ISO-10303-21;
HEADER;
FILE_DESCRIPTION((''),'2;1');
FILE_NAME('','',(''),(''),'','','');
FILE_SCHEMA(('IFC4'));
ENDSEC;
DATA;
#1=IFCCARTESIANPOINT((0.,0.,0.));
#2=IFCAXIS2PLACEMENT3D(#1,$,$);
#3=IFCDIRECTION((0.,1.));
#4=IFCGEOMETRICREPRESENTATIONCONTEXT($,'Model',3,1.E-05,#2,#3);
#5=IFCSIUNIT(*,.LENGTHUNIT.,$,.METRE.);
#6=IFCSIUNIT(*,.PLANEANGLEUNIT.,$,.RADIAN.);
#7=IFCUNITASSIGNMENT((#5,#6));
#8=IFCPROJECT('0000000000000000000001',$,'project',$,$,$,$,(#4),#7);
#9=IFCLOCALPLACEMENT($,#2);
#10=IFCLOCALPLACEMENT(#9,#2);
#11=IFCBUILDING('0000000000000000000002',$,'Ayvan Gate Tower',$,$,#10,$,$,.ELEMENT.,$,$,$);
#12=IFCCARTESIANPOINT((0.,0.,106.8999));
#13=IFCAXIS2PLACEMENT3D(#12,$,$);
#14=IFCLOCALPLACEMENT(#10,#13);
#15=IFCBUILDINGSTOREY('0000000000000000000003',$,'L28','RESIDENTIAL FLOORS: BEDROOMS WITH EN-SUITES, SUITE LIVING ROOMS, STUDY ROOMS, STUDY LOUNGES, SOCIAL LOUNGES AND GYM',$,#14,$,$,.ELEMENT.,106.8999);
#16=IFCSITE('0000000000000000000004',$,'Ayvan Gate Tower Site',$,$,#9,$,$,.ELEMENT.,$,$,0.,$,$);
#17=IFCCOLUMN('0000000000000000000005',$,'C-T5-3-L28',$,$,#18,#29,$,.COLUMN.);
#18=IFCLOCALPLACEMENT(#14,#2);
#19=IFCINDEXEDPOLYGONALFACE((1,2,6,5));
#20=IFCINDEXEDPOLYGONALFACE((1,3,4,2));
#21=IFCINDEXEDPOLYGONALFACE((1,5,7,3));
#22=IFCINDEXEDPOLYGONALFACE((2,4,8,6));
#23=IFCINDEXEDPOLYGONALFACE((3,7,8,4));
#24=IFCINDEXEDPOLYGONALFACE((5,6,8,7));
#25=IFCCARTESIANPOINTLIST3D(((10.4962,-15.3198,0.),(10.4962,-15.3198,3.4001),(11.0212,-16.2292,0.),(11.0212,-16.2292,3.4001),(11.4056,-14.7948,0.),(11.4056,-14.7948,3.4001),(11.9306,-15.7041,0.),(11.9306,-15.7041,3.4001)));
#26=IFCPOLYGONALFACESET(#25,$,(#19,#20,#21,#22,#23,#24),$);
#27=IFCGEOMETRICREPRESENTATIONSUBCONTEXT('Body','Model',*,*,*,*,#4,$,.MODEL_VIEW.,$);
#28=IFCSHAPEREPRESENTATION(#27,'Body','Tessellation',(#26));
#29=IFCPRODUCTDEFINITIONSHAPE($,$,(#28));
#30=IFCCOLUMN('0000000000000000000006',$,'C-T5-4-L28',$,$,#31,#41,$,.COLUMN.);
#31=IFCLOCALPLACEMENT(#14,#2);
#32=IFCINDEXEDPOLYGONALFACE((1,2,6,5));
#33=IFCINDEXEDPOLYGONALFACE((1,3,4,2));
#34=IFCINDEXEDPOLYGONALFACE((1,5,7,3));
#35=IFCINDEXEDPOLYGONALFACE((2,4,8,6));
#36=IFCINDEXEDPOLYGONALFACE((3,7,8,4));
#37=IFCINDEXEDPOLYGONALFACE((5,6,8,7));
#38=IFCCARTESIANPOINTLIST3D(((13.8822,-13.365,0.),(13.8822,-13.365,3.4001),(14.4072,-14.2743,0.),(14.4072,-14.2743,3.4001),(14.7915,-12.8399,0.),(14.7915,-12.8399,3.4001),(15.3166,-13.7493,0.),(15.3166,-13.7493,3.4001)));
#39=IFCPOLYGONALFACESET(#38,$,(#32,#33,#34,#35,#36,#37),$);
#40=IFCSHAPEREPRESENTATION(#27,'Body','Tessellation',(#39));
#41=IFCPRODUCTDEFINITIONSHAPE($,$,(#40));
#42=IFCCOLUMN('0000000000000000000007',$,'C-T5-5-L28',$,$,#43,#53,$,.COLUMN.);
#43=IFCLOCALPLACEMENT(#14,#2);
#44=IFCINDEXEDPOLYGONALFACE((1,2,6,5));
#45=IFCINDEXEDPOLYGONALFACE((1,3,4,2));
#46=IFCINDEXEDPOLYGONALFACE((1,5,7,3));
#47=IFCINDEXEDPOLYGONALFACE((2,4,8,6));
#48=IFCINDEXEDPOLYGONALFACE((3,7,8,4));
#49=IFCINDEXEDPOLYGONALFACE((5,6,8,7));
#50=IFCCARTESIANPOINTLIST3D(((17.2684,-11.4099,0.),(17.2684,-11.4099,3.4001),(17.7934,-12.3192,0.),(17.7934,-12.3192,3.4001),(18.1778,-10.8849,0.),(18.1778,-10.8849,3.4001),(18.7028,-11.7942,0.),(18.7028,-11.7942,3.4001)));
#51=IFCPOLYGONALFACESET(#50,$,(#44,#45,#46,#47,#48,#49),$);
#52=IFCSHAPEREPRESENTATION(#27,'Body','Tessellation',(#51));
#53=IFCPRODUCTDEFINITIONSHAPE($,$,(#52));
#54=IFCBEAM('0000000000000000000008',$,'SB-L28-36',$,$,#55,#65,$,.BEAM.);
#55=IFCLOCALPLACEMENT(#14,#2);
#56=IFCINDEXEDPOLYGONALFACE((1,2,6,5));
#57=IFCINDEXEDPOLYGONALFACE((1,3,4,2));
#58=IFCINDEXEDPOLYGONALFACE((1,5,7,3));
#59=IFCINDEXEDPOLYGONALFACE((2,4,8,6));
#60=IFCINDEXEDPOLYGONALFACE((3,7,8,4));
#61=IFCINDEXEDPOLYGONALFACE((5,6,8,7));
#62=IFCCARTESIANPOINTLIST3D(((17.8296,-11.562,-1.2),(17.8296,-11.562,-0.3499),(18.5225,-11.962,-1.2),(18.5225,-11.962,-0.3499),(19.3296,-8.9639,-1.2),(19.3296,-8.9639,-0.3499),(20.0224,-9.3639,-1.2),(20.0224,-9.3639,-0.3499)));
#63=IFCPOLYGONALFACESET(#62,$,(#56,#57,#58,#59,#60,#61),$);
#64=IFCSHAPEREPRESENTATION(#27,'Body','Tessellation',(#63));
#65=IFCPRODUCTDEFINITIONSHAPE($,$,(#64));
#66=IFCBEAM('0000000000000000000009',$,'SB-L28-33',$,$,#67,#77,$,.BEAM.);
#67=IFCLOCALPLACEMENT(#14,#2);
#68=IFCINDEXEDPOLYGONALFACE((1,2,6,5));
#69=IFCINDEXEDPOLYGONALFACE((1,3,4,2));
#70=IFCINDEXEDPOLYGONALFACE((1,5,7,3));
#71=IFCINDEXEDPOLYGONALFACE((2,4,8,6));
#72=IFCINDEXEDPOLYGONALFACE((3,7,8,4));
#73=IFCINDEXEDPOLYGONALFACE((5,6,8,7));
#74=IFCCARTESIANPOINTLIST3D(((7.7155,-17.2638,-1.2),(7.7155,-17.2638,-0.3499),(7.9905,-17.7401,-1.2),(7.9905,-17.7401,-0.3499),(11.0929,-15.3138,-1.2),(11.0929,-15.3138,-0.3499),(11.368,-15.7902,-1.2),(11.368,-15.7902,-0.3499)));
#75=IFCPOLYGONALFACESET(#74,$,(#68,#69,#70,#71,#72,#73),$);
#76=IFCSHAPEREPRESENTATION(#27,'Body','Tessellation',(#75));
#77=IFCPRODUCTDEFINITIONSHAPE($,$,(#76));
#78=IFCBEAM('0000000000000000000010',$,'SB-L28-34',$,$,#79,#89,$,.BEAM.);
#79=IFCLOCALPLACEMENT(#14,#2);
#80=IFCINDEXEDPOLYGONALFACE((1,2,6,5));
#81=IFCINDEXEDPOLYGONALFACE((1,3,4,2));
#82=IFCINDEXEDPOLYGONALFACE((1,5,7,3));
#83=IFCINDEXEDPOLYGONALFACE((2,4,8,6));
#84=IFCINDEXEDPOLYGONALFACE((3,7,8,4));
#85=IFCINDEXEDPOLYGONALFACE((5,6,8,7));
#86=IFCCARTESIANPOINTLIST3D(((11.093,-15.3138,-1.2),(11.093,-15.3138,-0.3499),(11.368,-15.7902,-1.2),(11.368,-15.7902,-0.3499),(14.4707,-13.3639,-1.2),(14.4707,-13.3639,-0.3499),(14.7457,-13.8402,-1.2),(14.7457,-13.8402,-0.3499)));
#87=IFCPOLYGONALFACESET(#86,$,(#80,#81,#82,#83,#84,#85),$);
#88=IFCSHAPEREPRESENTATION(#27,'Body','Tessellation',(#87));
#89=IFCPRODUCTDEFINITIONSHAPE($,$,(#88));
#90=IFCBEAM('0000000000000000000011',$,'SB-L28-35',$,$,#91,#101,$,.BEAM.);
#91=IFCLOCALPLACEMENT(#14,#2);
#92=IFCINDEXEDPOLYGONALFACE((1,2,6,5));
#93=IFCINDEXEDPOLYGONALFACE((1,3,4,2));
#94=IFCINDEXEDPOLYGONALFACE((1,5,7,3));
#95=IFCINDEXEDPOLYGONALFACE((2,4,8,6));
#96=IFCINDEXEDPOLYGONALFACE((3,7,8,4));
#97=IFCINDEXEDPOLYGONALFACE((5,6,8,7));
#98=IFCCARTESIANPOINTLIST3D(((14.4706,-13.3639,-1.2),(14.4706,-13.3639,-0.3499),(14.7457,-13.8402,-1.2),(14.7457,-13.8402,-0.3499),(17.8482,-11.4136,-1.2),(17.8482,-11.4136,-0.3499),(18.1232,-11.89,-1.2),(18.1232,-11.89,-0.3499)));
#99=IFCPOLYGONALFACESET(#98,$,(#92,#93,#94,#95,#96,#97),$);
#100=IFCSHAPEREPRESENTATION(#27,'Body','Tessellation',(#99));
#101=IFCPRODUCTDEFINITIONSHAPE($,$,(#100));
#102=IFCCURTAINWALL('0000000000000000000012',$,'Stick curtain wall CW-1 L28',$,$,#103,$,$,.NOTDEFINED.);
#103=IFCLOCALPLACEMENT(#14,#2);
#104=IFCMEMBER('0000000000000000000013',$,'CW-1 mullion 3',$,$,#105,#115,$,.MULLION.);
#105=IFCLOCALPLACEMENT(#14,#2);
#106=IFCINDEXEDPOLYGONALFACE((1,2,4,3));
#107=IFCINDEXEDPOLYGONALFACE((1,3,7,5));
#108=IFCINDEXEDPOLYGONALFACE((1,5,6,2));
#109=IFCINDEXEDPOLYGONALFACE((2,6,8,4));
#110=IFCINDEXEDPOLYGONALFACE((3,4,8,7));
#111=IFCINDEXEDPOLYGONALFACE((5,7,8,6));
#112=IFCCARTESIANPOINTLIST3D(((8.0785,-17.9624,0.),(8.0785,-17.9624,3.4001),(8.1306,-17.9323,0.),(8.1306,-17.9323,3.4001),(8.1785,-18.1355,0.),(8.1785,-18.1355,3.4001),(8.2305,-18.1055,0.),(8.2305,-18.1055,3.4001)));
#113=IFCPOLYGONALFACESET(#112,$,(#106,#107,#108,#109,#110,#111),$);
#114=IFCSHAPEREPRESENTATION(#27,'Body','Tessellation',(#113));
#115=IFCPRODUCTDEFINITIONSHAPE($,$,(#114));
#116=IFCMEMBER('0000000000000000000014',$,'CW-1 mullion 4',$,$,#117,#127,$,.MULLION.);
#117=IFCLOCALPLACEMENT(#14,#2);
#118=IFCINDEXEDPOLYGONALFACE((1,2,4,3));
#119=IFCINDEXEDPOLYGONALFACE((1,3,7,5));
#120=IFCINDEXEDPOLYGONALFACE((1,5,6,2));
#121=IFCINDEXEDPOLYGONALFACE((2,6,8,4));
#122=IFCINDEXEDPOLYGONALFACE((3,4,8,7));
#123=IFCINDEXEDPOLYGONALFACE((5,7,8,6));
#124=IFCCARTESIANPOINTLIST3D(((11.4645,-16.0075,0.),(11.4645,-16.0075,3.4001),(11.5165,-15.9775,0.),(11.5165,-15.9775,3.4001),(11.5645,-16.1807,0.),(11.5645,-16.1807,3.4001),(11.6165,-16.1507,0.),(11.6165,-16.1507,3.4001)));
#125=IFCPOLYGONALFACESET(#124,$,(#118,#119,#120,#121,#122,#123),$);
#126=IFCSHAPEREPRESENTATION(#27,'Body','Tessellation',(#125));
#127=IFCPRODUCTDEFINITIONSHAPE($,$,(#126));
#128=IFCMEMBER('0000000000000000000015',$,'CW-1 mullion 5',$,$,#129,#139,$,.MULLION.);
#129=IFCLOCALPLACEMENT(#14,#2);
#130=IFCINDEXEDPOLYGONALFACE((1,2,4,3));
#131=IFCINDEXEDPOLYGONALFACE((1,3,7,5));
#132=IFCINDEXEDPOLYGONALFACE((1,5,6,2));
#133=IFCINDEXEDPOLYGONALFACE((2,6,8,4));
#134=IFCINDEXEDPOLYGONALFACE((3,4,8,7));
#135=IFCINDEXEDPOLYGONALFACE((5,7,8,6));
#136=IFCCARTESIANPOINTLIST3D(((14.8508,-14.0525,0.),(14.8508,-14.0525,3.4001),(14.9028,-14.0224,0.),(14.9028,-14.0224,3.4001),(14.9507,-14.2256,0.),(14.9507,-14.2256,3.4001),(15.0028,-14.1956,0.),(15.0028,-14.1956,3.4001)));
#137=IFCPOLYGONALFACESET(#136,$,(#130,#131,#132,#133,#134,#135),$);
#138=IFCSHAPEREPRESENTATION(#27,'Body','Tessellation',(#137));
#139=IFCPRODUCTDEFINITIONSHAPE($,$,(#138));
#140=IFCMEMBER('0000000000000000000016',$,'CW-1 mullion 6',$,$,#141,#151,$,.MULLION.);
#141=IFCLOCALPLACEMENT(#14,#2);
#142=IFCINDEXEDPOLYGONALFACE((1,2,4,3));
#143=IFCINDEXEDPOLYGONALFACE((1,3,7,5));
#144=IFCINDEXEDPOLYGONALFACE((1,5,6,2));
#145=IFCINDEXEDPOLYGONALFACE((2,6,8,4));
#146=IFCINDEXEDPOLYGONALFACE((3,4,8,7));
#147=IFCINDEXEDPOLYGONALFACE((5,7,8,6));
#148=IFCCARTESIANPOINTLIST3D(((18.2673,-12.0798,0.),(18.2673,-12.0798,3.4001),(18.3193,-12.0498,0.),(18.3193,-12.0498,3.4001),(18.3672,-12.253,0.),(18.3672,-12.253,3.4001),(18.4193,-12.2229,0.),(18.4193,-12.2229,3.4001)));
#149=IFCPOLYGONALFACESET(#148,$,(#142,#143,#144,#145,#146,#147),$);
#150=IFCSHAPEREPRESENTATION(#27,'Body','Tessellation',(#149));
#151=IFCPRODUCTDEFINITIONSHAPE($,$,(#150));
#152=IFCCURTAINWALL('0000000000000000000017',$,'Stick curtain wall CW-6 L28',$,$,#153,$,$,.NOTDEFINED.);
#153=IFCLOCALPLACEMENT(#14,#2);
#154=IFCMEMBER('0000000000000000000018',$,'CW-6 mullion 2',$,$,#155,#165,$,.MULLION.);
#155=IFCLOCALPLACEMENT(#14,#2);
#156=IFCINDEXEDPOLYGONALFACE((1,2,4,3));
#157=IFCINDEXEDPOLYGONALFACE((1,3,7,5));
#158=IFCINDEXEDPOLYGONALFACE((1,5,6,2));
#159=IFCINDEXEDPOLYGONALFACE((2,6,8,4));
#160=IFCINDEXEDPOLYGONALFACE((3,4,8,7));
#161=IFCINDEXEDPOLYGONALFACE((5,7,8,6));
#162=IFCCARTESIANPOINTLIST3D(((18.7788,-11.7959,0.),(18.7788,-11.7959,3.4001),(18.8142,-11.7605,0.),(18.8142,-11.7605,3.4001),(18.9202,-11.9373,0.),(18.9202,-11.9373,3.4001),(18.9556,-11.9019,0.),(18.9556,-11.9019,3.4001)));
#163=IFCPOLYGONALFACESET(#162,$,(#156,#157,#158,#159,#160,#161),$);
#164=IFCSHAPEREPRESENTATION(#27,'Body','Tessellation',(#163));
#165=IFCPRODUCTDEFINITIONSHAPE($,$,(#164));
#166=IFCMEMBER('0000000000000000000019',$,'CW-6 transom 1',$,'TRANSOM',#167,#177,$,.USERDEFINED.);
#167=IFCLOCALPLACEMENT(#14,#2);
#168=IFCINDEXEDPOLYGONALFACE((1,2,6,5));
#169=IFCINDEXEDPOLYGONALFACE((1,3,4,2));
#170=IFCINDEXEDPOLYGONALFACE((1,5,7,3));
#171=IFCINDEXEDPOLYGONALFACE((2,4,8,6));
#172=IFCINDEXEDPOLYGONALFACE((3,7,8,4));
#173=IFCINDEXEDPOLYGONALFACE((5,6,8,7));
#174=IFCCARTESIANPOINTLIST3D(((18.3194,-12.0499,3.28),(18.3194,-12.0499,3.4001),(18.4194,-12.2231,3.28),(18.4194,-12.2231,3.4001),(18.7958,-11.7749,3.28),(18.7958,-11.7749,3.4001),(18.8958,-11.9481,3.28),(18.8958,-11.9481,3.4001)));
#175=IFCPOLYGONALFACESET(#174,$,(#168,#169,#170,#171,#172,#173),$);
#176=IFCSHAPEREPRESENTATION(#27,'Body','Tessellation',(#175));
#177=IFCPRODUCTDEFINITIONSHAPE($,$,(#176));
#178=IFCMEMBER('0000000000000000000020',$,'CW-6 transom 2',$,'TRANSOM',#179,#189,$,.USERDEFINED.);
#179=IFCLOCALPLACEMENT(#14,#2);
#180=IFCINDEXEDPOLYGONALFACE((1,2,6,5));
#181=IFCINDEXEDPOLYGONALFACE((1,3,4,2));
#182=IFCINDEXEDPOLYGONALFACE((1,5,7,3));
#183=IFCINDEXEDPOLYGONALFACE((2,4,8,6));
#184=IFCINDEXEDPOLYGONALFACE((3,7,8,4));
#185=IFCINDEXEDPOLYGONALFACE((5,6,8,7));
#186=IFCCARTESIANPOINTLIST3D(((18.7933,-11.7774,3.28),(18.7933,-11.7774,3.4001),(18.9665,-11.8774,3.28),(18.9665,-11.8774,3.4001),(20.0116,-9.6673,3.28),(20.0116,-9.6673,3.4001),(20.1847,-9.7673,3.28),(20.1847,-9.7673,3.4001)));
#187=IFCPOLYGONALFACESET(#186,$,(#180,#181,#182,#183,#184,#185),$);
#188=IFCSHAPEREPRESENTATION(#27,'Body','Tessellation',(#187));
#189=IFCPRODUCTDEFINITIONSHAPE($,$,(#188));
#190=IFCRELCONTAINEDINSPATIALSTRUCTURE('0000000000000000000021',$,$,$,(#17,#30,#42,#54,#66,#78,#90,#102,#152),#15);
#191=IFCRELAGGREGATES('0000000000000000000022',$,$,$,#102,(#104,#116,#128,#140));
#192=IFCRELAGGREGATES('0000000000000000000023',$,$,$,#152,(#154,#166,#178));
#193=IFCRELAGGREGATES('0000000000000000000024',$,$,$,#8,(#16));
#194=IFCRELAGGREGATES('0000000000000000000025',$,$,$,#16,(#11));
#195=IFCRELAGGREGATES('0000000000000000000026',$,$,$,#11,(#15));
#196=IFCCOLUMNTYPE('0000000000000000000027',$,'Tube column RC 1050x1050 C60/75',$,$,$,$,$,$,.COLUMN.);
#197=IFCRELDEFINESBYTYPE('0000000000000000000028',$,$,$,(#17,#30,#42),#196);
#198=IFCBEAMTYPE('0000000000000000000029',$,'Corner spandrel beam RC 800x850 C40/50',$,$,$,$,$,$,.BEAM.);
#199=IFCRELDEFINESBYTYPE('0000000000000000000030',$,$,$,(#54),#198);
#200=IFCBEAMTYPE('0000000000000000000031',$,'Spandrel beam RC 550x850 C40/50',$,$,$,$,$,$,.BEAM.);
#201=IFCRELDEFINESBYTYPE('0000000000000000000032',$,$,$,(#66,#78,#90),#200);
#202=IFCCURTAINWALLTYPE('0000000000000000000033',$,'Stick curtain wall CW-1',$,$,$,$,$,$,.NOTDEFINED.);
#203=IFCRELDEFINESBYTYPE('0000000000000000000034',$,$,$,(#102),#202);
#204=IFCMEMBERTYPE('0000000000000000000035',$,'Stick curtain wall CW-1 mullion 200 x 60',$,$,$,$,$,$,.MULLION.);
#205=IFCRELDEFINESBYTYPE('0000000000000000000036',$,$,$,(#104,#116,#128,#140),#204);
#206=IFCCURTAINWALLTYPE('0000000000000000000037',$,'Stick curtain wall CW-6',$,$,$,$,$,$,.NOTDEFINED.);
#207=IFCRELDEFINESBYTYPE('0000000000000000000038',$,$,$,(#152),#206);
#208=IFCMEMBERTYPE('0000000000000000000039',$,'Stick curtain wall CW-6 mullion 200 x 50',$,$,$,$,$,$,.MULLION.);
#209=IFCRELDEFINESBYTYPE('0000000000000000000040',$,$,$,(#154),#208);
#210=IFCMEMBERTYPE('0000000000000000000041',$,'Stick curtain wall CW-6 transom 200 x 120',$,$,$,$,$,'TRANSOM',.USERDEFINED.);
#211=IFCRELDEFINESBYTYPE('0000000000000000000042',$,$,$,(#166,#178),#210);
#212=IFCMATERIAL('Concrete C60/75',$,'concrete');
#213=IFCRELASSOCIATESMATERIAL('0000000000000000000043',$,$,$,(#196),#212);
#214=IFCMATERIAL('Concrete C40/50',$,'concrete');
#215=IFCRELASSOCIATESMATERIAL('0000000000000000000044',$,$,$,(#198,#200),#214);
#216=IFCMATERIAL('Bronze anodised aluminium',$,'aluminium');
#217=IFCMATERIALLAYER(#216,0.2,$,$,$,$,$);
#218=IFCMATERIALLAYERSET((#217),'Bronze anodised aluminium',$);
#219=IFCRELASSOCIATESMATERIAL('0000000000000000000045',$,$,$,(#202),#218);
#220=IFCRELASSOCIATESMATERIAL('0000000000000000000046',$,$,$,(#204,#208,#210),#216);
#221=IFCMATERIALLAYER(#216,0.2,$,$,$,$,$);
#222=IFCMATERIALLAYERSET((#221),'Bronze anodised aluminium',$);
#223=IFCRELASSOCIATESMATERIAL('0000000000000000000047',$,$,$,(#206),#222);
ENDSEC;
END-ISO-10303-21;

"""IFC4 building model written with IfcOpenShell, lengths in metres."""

from ifc_helpers import new_model, si_unit, direction, frame, origin, origin_2d, place, context, subcontext, project, spatial, rectangle, extrude, material, layer, layer_set, material_profile, profile_set, type_object, element, aggregate, save


model = new_model("IFC4")

# Units and contexts
model_context = context("Model", 3, precision=1e-05, world=origin(), true_north=direction((0.0, 1.0)))
body_context = subcontext(model_context, "Body", "Model", "MODEL_VIEW")
ifc_project = project(units=[si_unit("LENGTHUNIT", "METRE"), si_unit("PLANEANGLEUNIT", "RADIAN")], contexts=[model_context])

# Site, building, storey
site_placement = place(None, origin())
site = spatial("IfcSite", under=ifc_project, at=site_placement, Name="Ayvan Gate Tower Site", CompositionType="ELEMENT", RefElevation=0.0)
building_placement = place(site_placement, origin())
building = spatial("IfcBuilding", under=site, at=building_placement, Name="Ayvan Gate Tower", CompositionType="ELEMENT")
storey_placement = place(building_placement, frame((0.0, 0.0, 106.8999)))
storey = spatial("IfcBuildingStorey", under=building, at=storey_placement, Name="L28", Description="RESIDENTIAL FLOORS: BEDROOMS WITH EN-SUITES, SUITE LIVING ROOMS, STUDY ROOMS, STUDY LOUNGES, SOCIAL LOUNGES AND GYM", CompositionType="ELEMENT", Elevation=106.8999)

# Columns
ifc_material_1 = material(Name="Concrete C60/75", Category="concrete")
ifc_material_profile_1 = material_profile(ifc_material_1, rectangle(XDim=1.05, YDim=1.05, at=origin_2d()), Name="RC 1050x1050")
ifc_profile_set_1 = profile_set([ifc_material_profile_1], Name="Concrete C60/75")
column_type = type_object("IfcColumnType", Name="Tube column RC 1050x1050 C60/75", PredefinedType="COLUMN", material=ifc_profile_set_1)
for number, where, z_axis, x_axis, name in (
    (1, (11.2134, -15.512, 0.0), (0.0, 0.0, 1.0), (0.5, -0.866025, 0.0), "C-T5-3-L28"),
    (2, (14.5994, -13.5571, 0.0), (0.0, 0.0, 1.0), (0.5, -0.866025, 0.0), "C-T5-4-L28"),
    (3, (17.9856, -11.6021, 0.0), (0.0, 0.0, 1.0), (0.5, -0.866025, 0.0), "C-T5-5-L28"),
):
    element("IfcColumn", number, at=place(storey_placement, frame(where, z_axis=z_axis, x_axis=x_axis)), inside=storey, type_object=column_type, Name=name, PredefinedType="COLUMN", context=body_context, shape_type="SweptSolid", body=[
        extrude(rectangle(XDim=1.05, YDim=1.05, at=origin_2d()), origin(), (0.0, 0.0, 1.0), 3.4001),
    ])

# Beams
ifc_material_2 = material(Name="Concrete C40/50", Category="concrete")
ifc_material_profile_2 = material_profile(ifc_material_2, rectangle(XDim=0.8, YDim=0.8501, at=origin_2d()), Name="RC 800x850")
ifc_profile_set_2 = profile_set([ifc_material_profile_2], Name="Concrete C40/50")
beam_type_1 = type_object("IfcBeamType", Name="Corner spandrel beam RC 800x850 C40/50", PredefinedType="BEAM", material=ifc_profile_set_2)
beam_1_placement = place(storey_placement, frame((18.176, -11.762, -0.7749), z_axis=(0.49999, 0.866031, 0.0), x_axis=(-0.866031, 0.49999, 0.0)))
element("IfcBeam", 4, at=beam_1_placement, inside=storey, type_object=beam_type_1, Name="SB-L28-36", PredefinedType="BEAM", context=body_context, shape_type="SweptSolid", body=[
    extrude(rectangle(XDim=0.8, YDim=0.8501, at=origin_2d()), origin(), (0.0, 0.0, 1.0), 3.0),
])
ifc_material_profile_3 = material_profile(ifc_material_2, rectangle(XDim=0.55, YDim=0.8501, at=origin_2d()), Name="RC 550x850")
ifc_profile_set_3 = profile_set([ifc_material_profile_3], Name="Concrete C40/50")
beam_type_2 = type_object("IfcBeamType", Name="Spandrel beam RC 550x850 C40/50", PredefinedType="BEAM", material=ifc_profile_set_3)
beam_2_placement = place(storey_placement, frame((7.853, -17.502, -0.7749), z_axis=(0.866027, 0.499997, 0.0), x_axis=(-0.499997, 0.866027, 0.0)))
element("IfcBeam", 5, at=beam_2_placement, inside=storey, type_object=beam_type_2, Name="SB-L28-33", PredefinedType="BEAM", context=body_context, shape_type="SweptSolid", body=[
    extrude(rectangle(XDim=0.55, YDim=0.8501, at=origin_2d()), origin(), (0.0, 0.0, 1.0), 3.8999),
])
for number, where, z_axis, x_axis, name in (
    (6, (11.2305, -15.552, -0.7749), (0.866043, 0.49997, 0.0), (-0.49997, 0.866043, 0.0), "SB-L28-34"),
    (7, (14.6082, -13.6021, -0.7749), (0.866, 0.500044, 0.0), (-0.500044, 0.866, 0.0), "SB-L28-35"),
):
    element("IfcBeam", number, at=place(storey_placement, frame(where, z_axis=z_axis, x_axis=x_axis)), inside=storey, type_object=beam_type_2, Name=name, PredefinedType="BEAM", context=body_context, shape_type="SweptSolid", body=[
        extrude(rectangle(XDim=0.55, YDim=0.8501, at=origin_2d()), origin(), (0.0, 0.0, 1.0), 3.9001),
    ])

# Curtain walls, members
ifc_material_3 = material(Name="Bronze anodised aluminium", Category="aluminium")
ifc_layer_1 = layer(ifc_material_3, 0.2)
ifc_layer_set_1 = layer_set([ifc_layer_1], Name="Bronze anodised aluminium")
curtain_wall_type_1 = type_object("IfcCurtainWallType", Name="Stick curtain wall CW-1", PredefinedType="NOTDEFINED", material=ifc_layer_set_1)
curtain_wall_1_placement = place(storey_placement, origin())
curtain_wall_1 = element("IfcCurtainWall", 8, at=curtain_wall_1_placement, inside=storey, type_object=curtain_wall_type_1, Name="Stick curtain wall CW-1 L28", PredefinedType="NOTDEFINED")
ifc_material_profile_4 = material_profile(ifc_material_3, rectangle(XDim=0.2, YDim=0.0601, at=origin_2d()), Name="Stick curtain wall CW-1 mullion 200 x 60")
ifc_profile_set_4 = profile_set([ifc_material_profile_4], Name="Bronze anodised aluminium")
member_type_1 = type_object("IfcMemberType", Name="Stick curtain wall CW-1 mullion 200 x 60", PredefinedType="MULLION", material=ifc_profile_set_4)
member_1_placement = place(storey_placement, frame((8.1545, -18.0339, 0.0), z_axis=(0.0, 0.0, 1.0), x_axis=(0.5, -0.866025, 0.0)))
member_1 = element("IfcMember", 9, at=member_1_placement, type_object=member_type_1, Name="CW-1 mullion 3", PredefinedType="MULLION", context=body_context, shape_type="SweptSolid", body=[
    extrude(rectangle(XDim=0.2, YDim=0.0601, at=origin_2d()), origin(), (0.0, 0.0, 1.0), 3.4001),
])
member_2_placement = place(storey_placement, frame((11.5405, -16.0791, 0.0), z_axis=(0.0, 0.0, 1.0), x_axis=(0.5, -0.866025, 0.0)))
member_2 = element("IfcMember", 10, at=member_2_placement, type_object=member_type_1, Name="CW-1 mullion 4", PredefinedType="MULLION", context=body_context, shape_type="SweptSolid", body=[
    extrude(rectangle(XDim=0.2, YDim=0.0601, at=origin_2d()), origin(), (0.0, 0.0, 1.0), 3.4001),
])
member_3_placement = place(storey_placement, frame((14.9268, -14.124, 0.0), z_axis=(0.0, 0.0, 1.0), x_axis=(0.5, -0.866025, 0.0)))
member_3 = element("IfcMember", 11, at=member_3_placement, type_object=member_type_1, Name="CW-1 mullion 5", PredefinedType="MULLION", context=body_context, shape_type="SweptSolid", body=[
    extrude(rectangle(XDim=0.2, YDim=0.0601, at=origin_2d()), origin(), (0.0, 0.0, 1.0), 3.4001),
])
member_4_placement = place(storey_placement, frame((18.3433, -12.1514, 0.0), z_axis=(0.0, 0.0, 1.0), x_axis=(0.5, -0.866025, 0.0)))
member_4 = element("IfcMember", 12, at=member_4_placement, type_object=member_type_1, Name="CW-1 mullion 6", PredefinedType="MULLION", context=body_context, shape_type="SweptSolid", body=[
    extrude(rectangle(XDim=0.2, YDim=0.0601, at=origin_2d()), origin(), (0.0, 0.0, 1.0), 3.4001),
])
ifc_layer_2 = layer(ifc_material_3, 0.2)
ifc_layer_set_2 = layer_set([ifc_layer_2], Name="Bronze anodised aluminium")
curtain_wall_type_2 = type_object("IfcCurtainWallType", Name="Stick curtain wall CW-6", PredefinedType="NOTDEFINED", material=ifc_layer_set_2)
curtain_wall_2_placement = place(storey_placement, origin())
curtain_wall_2 = element("IfcCurtainWall", 13, at=curtain_wall_2_placement, inside=storey, type_object=curtain_wall_type_2, Name="Stick curtain wall CW-6 L28", PredefinedType="NOTDEFINED")
ifc_material_profile_5 = material_profile(ifc_material_3, rectangle(XDim=0.2, YDim=0.05, at=origin_2d()), Name="Stick curtain wall CW-6 mullion 200 x 50")
ifc_profile_set_5 = profile_set([ifc_material_profile_5], Name="Bronze anodised aluminium")
member_type_2 = type_object("IfcMemberType", Name="Stick curtain wall CW-6 mullion 200 x 50", PredefinedType="MULLION", material=ifc_profile_set_5)
member_5_placement = place(storey_placement, frame((18.8672, -11.8489, 0.0), z_axis=(0.0, 0.0, 1.0), x_axis=(0.707107, -0.707107, 0.0)))
member_5 = element("IfcMember", 14, at=member_5_placement, type_object=member_type_2, Name="CW-6 mullion 2", PredefinedType="MULLION", context=body_context, shape_type="SweptSolid", body=[
    extrude(rectangle(XDim=0.2, YDim=0.05, at=origin_2d()), origin(), (0.0, 0.0, 1.0), 3.4001),
])
ifc_material_profile_6 = material_profile(ifc_material_3, rectangle(XDim=0.2, YDim=0.1201, at=origin_2d()), Name="Stick curtain wall CW-6 transom 200 x 120")
ifc_profile_set_6 = profile_set([ifc_material_profile_6], Name="Bronze anodised aluminium")
member_type_3 = type_object("IfcMemberType", Name="Stick curtain wall CW-6 transom 200 x 120", ElementType="TRANSOM", PredefinedType="USERDEFINED", material=ifc_profile_set_6)
member_6_placement = place(storey_placement, frame((18.3694, -12.1365, 3.3401), z_axis=(0.866104, 0.499863, 0.0), x_axis=(-0.499863, 0.866104, 0.0)))
member_6 = element("IfcMember", 15, at=member_6_placement, type_object=member_type_3, Name="CW-6 transom 1", ObjectType="TRANSOM", PredefinedType="USERDEFINED", context=body_context, shape_type="SweptSolid", body=[
    extrude(rectangle(XDim=0.2, YDim=0.1201, at=origin_2d()), origin(), (0.0, 0.0, 1.0), 0.55),
])
member_7_placement = place(storey_placement, frame((18.8799, -11.8274, 3.3401), z_axis=(0.499997, 0.866027, 0.0), x_axis=(-0.866027, 0.499997, 0.0)))
member_7 = element("IfcMember", 16, at=member_7_placement, type_object=member_type_3, Name="CW-6 transom 2", ObjectType="TRANSOM", PredefinedType="USERDEFINED", context=body_context, shape_type="SweptSolid", body=[
    extrude(rectangle(XDim=0.2, YDim=0.1201, at=origin_2d()), origin(), (0.0, 0.0, 1.0), 2.4365),
])

aggregate(curtain_wall_1, [member_1, member_2, member_3, member_4])
aggregate(curtain_wall_2, [member_5, member_6, member_7])

save(model, "model.ifc")
